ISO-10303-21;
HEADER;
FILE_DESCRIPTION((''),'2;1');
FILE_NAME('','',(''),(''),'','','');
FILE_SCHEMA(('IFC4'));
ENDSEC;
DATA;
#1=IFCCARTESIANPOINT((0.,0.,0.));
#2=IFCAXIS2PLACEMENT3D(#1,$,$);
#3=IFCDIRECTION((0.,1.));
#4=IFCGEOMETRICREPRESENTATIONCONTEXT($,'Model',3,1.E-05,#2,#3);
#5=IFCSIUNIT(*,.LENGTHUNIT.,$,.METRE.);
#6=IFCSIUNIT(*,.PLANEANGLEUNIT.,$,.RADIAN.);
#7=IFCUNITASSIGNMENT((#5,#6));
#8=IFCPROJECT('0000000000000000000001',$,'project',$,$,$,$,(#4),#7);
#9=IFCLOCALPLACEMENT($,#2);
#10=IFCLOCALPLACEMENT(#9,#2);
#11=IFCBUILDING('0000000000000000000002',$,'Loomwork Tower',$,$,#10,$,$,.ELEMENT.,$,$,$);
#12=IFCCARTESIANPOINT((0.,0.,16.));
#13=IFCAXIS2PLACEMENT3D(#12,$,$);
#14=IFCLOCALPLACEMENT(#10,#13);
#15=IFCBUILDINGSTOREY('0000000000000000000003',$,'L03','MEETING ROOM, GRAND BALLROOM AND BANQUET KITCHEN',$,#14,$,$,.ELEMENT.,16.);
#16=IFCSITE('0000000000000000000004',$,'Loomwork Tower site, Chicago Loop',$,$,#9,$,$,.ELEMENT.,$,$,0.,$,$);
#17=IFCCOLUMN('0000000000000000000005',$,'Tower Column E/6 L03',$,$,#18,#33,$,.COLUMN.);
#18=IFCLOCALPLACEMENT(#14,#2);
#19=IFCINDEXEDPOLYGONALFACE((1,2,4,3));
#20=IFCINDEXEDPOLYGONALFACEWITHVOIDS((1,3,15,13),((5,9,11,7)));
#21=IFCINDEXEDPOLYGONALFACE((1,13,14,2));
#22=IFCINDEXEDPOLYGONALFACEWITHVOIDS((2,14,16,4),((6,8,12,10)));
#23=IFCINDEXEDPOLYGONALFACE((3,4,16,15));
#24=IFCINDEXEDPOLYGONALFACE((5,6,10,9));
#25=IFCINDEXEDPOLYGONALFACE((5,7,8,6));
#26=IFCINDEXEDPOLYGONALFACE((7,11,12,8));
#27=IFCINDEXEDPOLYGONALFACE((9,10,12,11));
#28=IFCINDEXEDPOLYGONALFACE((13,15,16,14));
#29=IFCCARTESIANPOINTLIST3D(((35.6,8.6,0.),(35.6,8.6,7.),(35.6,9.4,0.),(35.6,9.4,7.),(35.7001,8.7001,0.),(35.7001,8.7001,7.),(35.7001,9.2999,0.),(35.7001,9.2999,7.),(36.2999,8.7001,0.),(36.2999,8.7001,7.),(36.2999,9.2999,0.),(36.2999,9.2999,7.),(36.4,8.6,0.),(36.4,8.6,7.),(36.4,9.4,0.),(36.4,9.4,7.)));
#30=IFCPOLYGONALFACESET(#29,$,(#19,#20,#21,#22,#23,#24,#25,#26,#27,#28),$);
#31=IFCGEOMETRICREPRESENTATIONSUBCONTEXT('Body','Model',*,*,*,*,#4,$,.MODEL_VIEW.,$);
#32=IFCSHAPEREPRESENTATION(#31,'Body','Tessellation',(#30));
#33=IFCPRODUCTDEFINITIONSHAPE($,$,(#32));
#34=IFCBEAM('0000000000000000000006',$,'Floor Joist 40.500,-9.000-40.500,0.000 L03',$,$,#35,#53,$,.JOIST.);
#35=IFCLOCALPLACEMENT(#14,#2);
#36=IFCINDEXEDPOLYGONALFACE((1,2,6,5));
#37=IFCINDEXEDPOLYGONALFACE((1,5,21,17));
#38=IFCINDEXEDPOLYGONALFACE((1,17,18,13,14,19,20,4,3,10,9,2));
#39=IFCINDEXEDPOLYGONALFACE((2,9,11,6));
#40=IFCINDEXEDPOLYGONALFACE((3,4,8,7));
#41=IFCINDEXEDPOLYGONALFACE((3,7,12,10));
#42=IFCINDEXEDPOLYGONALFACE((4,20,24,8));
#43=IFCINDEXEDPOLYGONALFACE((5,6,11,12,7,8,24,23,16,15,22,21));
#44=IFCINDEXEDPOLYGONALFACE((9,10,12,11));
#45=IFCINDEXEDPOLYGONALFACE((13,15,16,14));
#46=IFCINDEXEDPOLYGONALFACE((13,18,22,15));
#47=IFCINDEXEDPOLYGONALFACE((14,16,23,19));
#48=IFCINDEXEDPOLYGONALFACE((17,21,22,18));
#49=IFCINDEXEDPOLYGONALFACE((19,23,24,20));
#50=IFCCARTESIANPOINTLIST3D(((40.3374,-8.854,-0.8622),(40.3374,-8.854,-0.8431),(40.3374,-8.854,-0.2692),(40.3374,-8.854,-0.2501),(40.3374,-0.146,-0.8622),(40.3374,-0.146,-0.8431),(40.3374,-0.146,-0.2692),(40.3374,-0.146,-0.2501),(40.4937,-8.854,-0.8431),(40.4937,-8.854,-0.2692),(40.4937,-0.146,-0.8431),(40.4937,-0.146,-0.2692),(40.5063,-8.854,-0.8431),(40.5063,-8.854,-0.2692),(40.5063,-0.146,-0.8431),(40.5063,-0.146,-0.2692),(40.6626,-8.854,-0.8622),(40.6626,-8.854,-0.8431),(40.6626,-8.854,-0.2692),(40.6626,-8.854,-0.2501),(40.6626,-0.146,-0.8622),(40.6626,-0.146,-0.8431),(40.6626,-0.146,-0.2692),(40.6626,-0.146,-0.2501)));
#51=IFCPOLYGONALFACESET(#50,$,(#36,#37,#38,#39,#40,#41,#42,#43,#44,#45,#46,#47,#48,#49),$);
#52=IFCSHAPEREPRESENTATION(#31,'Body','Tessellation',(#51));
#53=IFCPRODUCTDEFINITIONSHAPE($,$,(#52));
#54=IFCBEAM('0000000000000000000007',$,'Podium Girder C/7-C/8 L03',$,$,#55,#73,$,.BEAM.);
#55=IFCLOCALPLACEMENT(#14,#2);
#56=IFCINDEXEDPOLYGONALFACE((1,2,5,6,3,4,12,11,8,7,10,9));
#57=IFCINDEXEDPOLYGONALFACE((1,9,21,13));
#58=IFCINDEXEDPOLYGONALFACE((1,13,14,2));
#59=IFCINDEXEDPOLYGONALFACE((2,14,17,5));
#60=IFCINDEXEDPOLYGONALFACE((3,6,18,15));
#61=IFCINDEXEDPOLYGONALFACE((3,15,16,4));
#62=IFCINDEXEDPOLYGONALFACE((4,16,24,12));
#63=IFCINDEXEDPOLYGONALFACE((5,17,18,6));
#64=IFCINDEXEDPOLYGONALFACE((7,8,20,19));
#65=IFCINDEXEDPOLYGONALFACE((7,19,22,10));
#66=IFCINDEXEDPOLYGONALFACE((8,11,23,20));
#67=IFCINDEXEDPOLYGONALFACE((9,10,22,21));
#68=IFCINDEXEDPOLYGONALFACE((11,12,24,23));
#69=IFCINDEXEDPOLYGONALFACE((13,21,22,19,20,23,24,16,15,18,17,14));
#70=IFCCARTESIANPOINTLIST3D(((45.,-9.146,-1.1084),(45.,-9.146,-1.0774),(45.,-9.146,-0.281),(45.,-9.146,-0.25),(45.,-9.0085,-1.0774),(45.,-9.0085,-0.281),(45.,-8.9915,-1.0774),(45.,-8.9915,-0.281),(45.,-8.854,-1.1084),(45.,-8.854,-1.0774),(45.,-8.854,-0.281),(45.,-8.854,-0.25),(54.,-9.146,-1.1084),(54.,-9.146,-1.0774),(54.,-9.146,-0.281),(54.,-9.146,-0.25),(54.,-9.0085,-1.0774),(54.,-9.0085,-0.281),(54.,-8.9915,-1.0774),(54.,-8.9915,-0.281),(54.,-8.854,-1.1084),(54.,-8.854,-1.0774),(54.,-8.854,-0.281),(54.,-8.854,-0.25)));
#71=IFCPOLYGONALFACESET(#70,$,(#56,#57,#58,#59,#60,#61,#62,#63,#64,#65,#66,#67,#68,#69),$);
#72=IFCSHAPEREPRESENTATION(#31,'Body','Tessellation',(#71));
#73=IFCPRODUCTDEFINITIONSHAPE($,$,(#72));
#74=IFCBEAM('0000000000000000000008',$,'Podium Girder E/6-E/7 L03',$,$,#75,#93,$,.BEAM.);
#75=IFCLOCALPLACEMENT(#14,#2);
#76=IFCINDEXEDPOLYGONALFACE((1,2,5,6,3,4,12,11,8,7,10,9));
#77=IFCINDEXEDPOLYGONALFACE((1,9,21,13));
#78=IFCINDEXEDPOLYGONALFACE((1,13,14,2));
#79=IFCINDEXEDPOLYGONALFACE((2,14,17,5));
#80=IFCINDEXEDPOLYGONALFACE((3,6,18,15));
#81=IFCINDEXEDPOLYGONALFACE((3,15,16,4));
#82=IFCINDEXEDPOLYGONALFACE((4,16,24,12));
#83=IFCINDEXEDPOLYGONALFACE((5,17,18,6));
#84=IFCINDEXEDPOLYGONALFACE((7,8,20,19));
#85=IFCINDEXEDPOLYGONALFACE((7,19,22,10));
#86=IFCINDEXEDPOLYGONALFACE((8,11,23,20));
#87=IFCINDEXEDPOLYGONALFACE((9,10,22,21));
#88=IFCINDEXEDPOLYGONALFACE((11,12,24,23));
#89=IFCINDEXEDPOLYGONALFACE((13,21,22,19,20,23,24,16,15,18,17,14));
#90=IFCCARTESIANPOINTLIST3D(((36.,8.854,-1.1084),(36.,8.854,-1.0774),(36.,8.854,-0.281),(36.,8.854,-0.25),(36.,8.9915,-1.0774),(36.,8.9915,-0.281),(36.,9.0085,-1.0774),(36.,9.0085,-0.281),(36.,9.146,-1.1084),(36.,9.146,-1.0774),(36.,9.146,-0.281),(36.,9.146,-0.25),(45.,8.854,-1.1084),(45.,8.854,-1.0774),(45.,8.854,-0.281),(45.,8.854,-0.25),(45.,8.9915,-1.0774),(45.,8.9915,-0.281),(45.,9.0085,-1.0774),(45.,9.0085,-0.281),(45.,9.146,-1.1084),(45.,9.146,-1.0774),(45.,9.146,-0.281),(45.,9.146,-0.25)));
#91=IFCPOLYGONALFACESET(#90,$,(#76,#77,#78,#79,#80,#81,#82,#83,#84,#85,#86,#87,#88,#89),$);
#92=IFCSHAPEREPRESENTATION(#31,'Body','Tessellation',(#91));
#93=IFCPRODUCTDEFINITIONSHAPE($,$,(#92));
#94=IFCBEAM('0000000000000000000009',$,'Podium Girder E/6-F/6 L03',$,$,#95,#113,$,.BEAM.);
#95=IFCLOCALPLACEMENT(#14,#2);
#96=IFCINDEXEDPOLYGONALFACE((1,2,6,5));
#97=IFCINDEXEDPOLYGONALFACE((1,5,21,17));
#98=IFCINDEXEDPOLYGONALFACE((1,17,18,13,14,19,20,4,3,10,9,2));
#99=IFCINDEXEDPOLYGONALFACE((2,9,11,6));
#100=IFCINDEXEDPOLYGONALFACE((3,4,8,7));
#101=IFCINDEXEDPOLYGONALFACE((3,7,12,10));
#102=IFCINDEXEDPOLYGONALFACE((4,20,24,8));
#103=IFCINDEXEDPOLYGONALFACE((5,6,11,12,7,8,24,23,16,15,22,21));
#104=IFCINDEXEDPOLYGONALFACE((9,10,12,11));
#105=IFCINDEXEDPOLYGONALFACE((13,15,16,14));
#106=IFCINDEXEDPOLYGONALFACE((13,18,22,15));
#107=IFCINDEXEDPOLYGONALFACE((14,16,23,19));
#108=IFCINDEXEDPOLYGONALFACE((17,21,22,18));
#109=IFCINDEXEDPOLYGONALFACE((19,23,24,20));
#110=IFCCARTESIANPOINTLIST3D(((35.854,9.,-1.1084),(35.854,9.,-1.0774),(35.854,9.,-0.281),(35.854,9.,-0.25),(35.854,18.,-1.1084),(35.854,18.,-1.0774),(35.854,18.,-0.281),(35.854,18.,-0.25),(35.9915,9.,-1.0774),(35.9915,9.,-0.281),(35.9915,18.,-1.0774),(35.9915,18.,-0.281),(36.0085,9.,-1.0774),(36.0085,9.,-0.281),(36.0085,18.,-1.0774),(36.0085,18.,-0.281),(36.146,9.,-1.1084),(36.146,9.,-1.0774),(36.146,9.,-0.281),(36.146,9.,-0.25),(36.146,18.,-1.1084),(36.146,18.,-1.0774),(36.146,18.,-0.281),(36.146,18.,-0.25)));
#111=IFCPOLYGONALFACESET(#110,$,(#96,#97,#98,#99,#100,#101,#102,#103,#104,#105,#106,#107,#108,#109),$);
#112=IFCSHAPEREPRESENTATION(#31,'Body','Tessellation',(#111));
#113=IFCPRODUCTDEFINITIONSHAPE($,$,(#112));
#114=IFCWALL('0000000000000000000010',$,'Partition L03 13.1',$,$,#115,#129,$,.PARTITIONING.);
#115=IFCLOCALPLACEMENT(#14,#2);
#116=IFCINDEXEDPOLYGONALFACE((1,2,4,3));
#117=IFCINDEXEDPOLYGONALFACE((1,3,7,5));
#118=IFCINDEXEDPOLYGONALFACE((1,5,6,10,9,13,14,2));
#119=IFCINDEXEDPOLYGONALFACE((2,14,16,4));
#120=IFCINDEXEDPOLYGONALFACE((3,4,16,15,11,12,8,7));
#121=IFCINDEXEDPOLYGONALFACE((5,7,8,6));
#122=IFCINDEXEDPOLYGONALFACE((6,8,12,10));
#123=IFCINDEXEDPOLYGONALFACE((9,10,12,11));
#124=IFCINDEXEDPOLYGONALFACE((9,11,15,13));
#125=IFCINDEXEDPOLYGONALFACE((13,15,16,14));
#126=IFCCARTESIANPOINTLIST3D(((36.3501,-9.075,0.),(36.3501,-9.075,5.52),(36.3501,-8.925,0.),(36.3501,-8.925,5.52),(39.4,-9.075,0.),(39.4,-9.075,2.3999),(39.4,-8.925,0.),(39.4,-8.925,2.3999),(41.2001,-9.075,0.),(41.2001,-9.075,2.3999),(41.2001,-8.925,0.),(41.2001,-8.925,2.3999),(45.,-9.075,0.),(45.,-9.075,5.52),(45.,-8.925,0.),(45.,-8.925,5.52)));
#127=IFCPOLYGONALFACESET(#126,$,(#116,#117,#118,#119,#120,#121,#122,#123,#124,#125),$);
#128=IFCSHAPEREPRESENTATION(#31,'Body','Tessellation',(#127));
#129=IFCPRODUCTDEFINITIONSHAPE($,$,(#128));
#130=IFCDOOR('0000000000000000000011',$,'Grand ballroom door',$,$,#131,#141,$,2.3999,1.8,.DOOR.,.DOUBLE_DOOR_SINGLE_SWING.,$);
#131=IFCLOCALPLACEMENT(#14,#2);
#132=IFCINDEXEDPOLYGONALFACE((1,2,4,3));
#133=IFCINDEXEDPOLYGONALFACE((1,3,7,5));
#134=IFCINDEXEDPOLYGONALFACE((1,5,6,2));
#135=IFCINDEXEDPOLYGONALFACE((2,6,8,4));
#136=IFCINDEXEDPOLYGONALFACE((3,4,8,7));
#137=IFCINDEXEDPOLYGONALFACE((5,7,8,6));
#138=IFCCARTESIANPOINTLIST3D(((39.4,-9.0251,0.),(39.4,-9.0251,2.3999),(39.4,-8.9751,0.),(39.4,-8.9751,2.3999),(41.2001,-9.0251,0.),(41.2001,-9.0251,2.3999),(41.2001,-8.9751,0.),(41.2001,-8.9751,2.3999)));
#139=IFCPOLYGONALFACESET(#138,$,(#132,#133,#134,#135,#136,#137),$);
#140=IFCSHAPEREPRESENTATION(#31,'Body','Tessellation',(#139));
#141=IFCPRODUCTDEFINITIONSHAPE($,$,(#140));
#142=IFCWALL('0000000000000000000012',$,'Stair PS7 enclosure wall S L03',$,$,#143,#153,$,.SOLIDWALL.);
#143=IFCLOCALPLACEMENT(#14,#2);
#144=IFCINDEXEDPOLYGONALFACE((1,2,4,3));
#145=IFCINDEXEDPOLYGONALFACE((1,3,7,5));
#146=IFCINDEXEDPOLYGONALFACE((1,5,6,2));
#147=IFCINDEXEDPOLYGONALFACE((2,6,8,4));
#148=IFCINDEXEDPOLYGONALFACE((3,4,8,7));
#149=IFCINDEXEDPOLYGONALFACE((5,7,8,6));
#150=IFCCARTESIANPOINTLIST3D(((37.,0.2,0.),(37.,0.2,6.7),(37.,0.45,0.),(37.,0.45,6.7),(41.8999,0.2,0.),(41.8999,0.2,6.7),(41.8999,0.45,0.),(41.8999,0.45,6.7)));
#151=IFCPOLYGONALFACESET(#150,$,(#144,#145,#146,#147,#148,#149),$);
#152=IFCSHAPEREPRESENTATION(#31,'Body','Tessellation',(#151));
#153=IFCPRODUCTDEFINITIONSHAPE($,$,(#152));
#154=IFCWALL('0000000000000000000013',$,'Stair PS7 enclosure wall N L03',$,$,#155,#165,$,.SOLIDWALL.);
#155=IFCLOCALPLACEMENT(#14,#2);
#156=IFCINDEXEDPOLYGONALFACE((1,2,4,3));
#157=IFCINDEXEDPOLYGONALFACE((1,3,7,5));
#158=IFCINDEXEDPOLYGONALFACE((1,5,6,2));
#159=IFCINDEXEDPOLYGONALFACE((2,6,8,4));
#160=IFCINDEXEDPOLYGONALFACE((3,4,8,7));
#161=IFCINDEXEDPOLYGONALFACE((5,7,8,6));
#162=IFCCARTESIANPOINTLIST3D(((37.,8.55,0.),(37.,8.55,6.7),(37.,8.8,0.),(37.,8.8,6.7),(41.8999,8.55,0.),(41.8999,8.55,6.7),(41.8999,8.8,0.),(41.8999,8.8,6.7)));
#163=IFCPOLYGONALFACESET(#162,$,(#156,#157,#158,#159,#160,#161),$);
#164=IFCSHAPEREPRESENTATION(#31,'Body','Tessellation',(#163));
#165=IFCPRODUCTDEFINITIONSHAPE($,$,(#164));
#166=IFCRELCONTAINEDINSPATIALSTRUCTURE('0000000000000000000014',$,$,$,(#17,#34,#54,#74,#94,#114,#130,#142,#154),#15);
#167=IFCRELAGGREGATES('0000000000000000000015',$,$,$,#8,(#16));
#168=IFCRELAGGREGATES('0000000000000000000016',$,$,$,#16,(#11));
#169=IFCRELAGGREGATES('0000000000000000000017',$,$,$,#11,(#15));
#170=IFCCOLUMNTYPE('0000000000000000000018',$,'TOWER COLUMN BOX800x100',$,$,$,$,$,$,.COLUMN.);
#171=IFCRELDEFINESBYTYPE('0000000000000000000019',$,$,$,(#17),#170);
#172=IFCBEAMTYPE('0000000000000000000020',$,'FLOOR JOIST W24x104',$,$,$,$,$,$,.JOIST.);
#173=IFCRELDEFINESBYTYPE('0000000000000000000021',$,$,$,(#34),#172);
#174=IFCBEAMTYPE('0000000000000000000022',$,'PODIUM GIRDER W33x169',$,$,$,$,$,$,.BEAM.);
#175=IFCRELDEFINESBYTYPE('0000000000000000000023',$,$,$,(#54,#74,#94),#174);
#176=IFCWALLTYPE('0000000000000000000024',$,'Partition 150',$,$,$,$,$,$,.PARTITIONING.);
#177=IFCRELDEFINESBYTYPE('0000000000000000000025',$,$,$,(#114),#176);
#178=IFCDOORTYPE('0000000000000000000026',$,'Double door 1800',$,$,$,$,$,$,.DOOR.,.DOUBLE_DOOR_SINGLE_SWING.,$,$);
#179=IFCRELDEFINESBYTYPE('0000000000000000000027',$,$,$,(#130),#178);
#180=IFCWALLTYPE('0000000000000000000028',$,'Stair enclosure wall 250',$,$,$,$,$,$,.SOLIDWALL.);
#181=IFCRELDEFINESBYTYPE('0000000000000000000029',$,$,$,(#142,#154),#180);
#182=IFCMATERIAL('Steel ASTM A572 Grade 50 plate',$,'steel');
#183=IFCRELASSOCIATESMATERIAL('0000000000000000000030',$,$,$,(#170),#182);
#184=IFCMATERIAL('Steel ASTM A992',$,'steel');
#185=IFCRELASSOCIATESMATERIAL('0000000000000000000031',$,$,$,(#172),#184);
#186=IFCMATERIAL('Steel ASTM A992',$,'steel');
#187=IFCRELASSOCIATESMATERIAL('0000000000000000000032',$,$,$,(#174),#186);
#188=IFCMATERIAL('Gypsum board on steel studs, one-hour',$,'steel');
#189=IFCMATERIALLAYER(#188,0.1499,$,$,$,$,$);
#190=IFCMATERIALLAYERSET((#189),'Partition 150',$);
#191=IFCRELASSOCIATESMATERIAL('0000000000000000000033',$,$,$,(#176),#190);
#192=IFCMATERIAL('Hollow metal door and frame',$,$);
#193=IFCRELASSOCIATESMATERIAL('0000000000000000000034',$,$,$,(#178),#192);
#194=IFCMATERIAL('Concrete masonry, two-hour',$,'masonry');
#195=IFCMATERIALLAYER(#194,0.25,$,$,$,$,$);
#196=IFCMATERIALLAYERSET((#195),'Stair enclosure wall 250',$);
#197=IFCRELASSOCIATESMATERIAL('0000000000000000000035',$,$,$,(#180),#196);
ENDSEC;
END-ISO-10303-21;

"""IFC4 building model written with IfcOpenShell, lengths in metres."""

from ifc_helpers import new_model, si_unit, direction, frame, frame_2d, origin, origin_2d, place, context, subcontext, project, spatial, rectangle, hollow_rectangle, i_section, extrude, material, layer, layer_set, material_profile, profile_set, type_object, element, fill, save


model = new_model("IFC4")

# Units and contexts
model_context = context("Model", 3, precision=1e-05, world=origin(), true_north=direction((0.0, 1.0)))
body_context = subcontext(model_context, "Body", "Model", "MODEL_VIEW")
ifc_project = project(units=[si_unit("LENGTHUNIT", "METRE"), si_unit("PLANEANGLEUNIT", "RADIAN")], contexts=[model_context])

# Site, building, storey
site_placement = place(None, origin())
site = spatial("IfcSite", under=ifc_project, at=site_placement, Name="Loomwork Tower site, Chicago Loop", CompositionType="ELEMENT", RefElevation=0.0)
building_placement = place(site_placement, origin())
building = spatial("IfcBuilding", under=site, at=building_placement, Name="Loomwork Tower", CompositionType="ELEMENT")
storey_placement = place(building_placement, frame((0.0, 0.0, 16.0)))
storey = spatial("IfcBuildingStorey", under=building, at=storey_placement, Name="L03", Description="MEETING ROOM, GRAND BALLROOM AND BANQUET KITCHEN", CompositionType="ELEMENT", Elevation=16.0)

# Column
ifc_material_1 = material(Name="Steel ASTM A572 Grade 50 plate", Category="steel")
ifc_material_profile_1 = material_profile(ifc_material_1, hollow_rectangle(XDim=0.8, YDim=0.8, WallThickness=0.1001, at=origin_2d()), Name="BOX800x100")
ifc_profile_set_1 = profile_set([ifc_material_profile_1], Name="Steel ASTM A572 Grade 50 plate")
column_type = type_object("IfcColumnType", Name="TOWER COLUMN BOX800x100", PredefinedType="COLUMN", material=ifc_profile_set_1)
column_placement = place(storey_placement, frame((36.0, 9.0, 0.0), z_axis=(0.0, 0.0, 1.0), x_axis=(0.0, 1.0, 0.0)))
element("IfcColumn", 1, at=column_placement, inside=storey, type_object=column_type, Name="Tower Column E/6 L03", PredefinedType="COLUMN", context=body_context, shape_type="SweptSolid", body=[
    extrude(hollow_rectangle(XDim=0.8, YDim=0.8, WallThickness=0.1001, at=origin_2d()), origin(), (0.0, 0.0, 1.0), 7.0),
])

# Beams
ifc_material_2 = material(Name="Steel ASTM A992", Category="steel")
ifc_material_profile_2 = material_profile(ifc_material_2, i_section(OverallWidth=0.3252, OverallDepth=0.6121, WebThickness=0.0127, FlangeThickness=0.019, at=origin_2d()), Name="W24x104")
ifc_profile_set_2 = profile_set([ifc_material_profile_2], Name="Steel ASTM A992")
beam_type_1 = type_object("IfcBeamType", Name="FLOOR JOIST W24x104", PredefinedType="JOIST", material=ifc_profile_set_2)
beam_placement = place(storey_placement, frame((40.5, -8.854, -0.5562), z_axis=(0.0, 1.0, 0.0), x_axis=(-1.0, 0.0, 0.0)))
element("IfcBeam", 2, at=beam_placement, inside=storey, type_object=beam_type_1, Name="Floor Joist 40.500,-9.000-40.500,0.000 L03", PredefinedType="JOIST", context=body_context, shape_type="SweptSolid", body=[
    extrude(i_section(OverallWidth=0.3252, OverallDepth=0.6121, WebThickness=0.0127, FlangeThickness=0.019, at=origin_2d()), origin(), (0.0, 0.0, 1.0), 8.708),
])
ifc_material_3 = material(Name="Steel ASTM A992", Category="steel")
ifc_material_profile_3 = material_profile(ifc_material_3, i_section(OverallWidth=0.292, OverallDepth=0.8584, WebThickness=0.0171, FlangeThickness=0.031, at=origin_2d()), Name="W33x169")
ifc_profile_set_3 = profile_set([ifc_material_profile_3], Name="Steel ASTM A992")
beam_type_2 = type_object("IfcBeamType", Name="PODIUM GIRDER W33x169", PredefinedType="BEAM", material=ifc_profile_set_3)
for number, where, z_axis, x_axis, name in (
    (3, (45.0, -9.0, -0.6792), (1.0, 0.0, 0.0), (0.0, 1.0, 0.0), "Podium Girder C/7-C/8 L03"),
    (4, (36.0, 9.0, -0.6792), (1.0, 0.0, 0.0), (0.0, 1.0, 0.0), "Podium Girder E/6-E/7 L03"),
    (5, (36.0, 9.0, -0.6792), (0.0, 1.0, 0.0), (-1.0, 0.0, 0.0), "Podium Girder E/6-F/6 L03"),
):
    element("IfcBeam", number, at=place(storey_placement, frame(where, z_axis=z_axis, x_axis=x_axis)), inside=storey, type_object=beam_type_2, Name=name, PredefinedType="BEAM", context=body_context, shape_type="SweptSolid", body=[
        extrude(i_section(OverallWidth=0.292, OverallDepth=0.8584, WebThickness=0.0171, FlangeThickness=0.031, at=origin_2d()), origin(), (0.0, 0.0, 1.0), 9.0),
    ])

# Wall, opening, door
ifc_material_4 = material(Name="Gypsum board on steel studs, one-hour", Category="steel")
ifc_layer_1 = layer(ifc_material_4, 0.1499)
ifc_layer_set_1 = layer_set([ifc_layer_1], Name="Partition 150")
wall_type_1 = type_object("IfcWallType", Name="Partition 150", PredefinedType="PARTITIONING", material=ifc_layer_set_1)
wall_1_placement = place(storey_placement, frame((36.3501, -9.0, 0.0), z_axis=(0.0, 0.0, 1.0), x_axis=(1.0, 0.0, 0.0)))
wall_1 = element("IfcWall", 6, at=wall_1_placement, inside=storey, type_object=wall_type_1, Name="Partition L03 13.1", PredefinedType="PARTITIONING", context=body_context, shape_type="SweptSolid", body=[
    extrude(rectangle(XDim=8.6499, YDim=0.1499, at=frame_2d((4.325, 0.0))), origin(), (0.0, 0.0, 1.0), 5.52),
])
opening_1_placement = place(wall_1_placement, frame((3.05, 0.0, 0.0)))
opening_1 = element("IfcOpeningElement", 7, at=opening_1_placement, cuts=wall_1, PredefinedType="OPENING", context=body_context, shape_type="SweptSolid", body=[
    extrude(rectangle(XDim=1.8, YDim=2.3999, at=frame_2d((0.8999, 1.2))), frame((0.0, 0.085, 0.0), z_axis=(0.0, -1.0, 0.0), x_axis=(1.0, 0.0, 0.0)), (0.0, 0.0, 1.0), 0.1699),
])
ifc_material_5 = material(Name="Hollow metal door and frame")
door_type_1 = type_object("IfcDoorType", Name="Double door 1800", OperationType="DOUBLE_DOOR_SINGLE_SWING", PredefinedType="DOOR", material=ifc_material_5)
door_1_placement = place(opening_1_placement, origin())
door_1 = element("IfcDoor", 8, at=door_1_placement, inside=storey, type_object=door_type_1, Name="Grand ballroom door", OperationType="DOUBLE_DOOR_SINGLE_SWING", OverallHeight=2.3999, OverallWidth=1.8, PredefinedType="DOOR", context=body_context, shape_type="SweptSolid", body=[
    extrude(rectangle(XDim=1.8, YDim=2.3999, at=frame_2d((0.8999, 1.2))), frame((0.0, 0.0249, 0.0), z_axis=(0.0, -1.0, 0.0), x_axis=(1.0, 0.0, 0.0)), (0.0, 0.0, 1.0), 0.05),
])
fill(opening_1, door_1)

# Walls
ifc_material_6 = material(Name="Concrete masonry, two-hour", Category="masonry")
ifc_layer_2 = layer(ifc_material_6, 0.25)
ifc_layer_set_2 = layer_set([ifc_layer_2], Name="Stair enclosure wall 250")
wall_type_2 = type_object("IfcWallType", Name="Stair enclosure wall 250", PredefinedType="SOLIDWALL", material=ifc_layer_set_2)
for number, where, z_axis, x_axis, name in (
    (9, (37.0, 0.325, 0.0), (0.0, 0.0, 1.0), (1.0, 0.0, 0.0), "Stair PS7 enclosure wall S L03"),
    (10, (37.0, 8.675, 0.0), (0.0, 0.0, 1.0), (1.0, 0.0, 0.0), "Stair PS7 enclosure wall N L03"),
):
    element("IfcWall", number, at=place(storey_placement, frame(where, z_axis=z_axis, x_axis=x_axis)), inside=storey, type_object=wall_type_2, Name=name, PredefinedType="SOLIDWALL", context=body_context, shape_type="SweptSolid", body=[
        extrude(rectangle(XDim=4.8999, YDim=0.25, at=frame_2d((2.45, 0.0))), origin(), (0.0, 0.0, 1.0), 6.7),
    ])

save(model, "model.ifc")
